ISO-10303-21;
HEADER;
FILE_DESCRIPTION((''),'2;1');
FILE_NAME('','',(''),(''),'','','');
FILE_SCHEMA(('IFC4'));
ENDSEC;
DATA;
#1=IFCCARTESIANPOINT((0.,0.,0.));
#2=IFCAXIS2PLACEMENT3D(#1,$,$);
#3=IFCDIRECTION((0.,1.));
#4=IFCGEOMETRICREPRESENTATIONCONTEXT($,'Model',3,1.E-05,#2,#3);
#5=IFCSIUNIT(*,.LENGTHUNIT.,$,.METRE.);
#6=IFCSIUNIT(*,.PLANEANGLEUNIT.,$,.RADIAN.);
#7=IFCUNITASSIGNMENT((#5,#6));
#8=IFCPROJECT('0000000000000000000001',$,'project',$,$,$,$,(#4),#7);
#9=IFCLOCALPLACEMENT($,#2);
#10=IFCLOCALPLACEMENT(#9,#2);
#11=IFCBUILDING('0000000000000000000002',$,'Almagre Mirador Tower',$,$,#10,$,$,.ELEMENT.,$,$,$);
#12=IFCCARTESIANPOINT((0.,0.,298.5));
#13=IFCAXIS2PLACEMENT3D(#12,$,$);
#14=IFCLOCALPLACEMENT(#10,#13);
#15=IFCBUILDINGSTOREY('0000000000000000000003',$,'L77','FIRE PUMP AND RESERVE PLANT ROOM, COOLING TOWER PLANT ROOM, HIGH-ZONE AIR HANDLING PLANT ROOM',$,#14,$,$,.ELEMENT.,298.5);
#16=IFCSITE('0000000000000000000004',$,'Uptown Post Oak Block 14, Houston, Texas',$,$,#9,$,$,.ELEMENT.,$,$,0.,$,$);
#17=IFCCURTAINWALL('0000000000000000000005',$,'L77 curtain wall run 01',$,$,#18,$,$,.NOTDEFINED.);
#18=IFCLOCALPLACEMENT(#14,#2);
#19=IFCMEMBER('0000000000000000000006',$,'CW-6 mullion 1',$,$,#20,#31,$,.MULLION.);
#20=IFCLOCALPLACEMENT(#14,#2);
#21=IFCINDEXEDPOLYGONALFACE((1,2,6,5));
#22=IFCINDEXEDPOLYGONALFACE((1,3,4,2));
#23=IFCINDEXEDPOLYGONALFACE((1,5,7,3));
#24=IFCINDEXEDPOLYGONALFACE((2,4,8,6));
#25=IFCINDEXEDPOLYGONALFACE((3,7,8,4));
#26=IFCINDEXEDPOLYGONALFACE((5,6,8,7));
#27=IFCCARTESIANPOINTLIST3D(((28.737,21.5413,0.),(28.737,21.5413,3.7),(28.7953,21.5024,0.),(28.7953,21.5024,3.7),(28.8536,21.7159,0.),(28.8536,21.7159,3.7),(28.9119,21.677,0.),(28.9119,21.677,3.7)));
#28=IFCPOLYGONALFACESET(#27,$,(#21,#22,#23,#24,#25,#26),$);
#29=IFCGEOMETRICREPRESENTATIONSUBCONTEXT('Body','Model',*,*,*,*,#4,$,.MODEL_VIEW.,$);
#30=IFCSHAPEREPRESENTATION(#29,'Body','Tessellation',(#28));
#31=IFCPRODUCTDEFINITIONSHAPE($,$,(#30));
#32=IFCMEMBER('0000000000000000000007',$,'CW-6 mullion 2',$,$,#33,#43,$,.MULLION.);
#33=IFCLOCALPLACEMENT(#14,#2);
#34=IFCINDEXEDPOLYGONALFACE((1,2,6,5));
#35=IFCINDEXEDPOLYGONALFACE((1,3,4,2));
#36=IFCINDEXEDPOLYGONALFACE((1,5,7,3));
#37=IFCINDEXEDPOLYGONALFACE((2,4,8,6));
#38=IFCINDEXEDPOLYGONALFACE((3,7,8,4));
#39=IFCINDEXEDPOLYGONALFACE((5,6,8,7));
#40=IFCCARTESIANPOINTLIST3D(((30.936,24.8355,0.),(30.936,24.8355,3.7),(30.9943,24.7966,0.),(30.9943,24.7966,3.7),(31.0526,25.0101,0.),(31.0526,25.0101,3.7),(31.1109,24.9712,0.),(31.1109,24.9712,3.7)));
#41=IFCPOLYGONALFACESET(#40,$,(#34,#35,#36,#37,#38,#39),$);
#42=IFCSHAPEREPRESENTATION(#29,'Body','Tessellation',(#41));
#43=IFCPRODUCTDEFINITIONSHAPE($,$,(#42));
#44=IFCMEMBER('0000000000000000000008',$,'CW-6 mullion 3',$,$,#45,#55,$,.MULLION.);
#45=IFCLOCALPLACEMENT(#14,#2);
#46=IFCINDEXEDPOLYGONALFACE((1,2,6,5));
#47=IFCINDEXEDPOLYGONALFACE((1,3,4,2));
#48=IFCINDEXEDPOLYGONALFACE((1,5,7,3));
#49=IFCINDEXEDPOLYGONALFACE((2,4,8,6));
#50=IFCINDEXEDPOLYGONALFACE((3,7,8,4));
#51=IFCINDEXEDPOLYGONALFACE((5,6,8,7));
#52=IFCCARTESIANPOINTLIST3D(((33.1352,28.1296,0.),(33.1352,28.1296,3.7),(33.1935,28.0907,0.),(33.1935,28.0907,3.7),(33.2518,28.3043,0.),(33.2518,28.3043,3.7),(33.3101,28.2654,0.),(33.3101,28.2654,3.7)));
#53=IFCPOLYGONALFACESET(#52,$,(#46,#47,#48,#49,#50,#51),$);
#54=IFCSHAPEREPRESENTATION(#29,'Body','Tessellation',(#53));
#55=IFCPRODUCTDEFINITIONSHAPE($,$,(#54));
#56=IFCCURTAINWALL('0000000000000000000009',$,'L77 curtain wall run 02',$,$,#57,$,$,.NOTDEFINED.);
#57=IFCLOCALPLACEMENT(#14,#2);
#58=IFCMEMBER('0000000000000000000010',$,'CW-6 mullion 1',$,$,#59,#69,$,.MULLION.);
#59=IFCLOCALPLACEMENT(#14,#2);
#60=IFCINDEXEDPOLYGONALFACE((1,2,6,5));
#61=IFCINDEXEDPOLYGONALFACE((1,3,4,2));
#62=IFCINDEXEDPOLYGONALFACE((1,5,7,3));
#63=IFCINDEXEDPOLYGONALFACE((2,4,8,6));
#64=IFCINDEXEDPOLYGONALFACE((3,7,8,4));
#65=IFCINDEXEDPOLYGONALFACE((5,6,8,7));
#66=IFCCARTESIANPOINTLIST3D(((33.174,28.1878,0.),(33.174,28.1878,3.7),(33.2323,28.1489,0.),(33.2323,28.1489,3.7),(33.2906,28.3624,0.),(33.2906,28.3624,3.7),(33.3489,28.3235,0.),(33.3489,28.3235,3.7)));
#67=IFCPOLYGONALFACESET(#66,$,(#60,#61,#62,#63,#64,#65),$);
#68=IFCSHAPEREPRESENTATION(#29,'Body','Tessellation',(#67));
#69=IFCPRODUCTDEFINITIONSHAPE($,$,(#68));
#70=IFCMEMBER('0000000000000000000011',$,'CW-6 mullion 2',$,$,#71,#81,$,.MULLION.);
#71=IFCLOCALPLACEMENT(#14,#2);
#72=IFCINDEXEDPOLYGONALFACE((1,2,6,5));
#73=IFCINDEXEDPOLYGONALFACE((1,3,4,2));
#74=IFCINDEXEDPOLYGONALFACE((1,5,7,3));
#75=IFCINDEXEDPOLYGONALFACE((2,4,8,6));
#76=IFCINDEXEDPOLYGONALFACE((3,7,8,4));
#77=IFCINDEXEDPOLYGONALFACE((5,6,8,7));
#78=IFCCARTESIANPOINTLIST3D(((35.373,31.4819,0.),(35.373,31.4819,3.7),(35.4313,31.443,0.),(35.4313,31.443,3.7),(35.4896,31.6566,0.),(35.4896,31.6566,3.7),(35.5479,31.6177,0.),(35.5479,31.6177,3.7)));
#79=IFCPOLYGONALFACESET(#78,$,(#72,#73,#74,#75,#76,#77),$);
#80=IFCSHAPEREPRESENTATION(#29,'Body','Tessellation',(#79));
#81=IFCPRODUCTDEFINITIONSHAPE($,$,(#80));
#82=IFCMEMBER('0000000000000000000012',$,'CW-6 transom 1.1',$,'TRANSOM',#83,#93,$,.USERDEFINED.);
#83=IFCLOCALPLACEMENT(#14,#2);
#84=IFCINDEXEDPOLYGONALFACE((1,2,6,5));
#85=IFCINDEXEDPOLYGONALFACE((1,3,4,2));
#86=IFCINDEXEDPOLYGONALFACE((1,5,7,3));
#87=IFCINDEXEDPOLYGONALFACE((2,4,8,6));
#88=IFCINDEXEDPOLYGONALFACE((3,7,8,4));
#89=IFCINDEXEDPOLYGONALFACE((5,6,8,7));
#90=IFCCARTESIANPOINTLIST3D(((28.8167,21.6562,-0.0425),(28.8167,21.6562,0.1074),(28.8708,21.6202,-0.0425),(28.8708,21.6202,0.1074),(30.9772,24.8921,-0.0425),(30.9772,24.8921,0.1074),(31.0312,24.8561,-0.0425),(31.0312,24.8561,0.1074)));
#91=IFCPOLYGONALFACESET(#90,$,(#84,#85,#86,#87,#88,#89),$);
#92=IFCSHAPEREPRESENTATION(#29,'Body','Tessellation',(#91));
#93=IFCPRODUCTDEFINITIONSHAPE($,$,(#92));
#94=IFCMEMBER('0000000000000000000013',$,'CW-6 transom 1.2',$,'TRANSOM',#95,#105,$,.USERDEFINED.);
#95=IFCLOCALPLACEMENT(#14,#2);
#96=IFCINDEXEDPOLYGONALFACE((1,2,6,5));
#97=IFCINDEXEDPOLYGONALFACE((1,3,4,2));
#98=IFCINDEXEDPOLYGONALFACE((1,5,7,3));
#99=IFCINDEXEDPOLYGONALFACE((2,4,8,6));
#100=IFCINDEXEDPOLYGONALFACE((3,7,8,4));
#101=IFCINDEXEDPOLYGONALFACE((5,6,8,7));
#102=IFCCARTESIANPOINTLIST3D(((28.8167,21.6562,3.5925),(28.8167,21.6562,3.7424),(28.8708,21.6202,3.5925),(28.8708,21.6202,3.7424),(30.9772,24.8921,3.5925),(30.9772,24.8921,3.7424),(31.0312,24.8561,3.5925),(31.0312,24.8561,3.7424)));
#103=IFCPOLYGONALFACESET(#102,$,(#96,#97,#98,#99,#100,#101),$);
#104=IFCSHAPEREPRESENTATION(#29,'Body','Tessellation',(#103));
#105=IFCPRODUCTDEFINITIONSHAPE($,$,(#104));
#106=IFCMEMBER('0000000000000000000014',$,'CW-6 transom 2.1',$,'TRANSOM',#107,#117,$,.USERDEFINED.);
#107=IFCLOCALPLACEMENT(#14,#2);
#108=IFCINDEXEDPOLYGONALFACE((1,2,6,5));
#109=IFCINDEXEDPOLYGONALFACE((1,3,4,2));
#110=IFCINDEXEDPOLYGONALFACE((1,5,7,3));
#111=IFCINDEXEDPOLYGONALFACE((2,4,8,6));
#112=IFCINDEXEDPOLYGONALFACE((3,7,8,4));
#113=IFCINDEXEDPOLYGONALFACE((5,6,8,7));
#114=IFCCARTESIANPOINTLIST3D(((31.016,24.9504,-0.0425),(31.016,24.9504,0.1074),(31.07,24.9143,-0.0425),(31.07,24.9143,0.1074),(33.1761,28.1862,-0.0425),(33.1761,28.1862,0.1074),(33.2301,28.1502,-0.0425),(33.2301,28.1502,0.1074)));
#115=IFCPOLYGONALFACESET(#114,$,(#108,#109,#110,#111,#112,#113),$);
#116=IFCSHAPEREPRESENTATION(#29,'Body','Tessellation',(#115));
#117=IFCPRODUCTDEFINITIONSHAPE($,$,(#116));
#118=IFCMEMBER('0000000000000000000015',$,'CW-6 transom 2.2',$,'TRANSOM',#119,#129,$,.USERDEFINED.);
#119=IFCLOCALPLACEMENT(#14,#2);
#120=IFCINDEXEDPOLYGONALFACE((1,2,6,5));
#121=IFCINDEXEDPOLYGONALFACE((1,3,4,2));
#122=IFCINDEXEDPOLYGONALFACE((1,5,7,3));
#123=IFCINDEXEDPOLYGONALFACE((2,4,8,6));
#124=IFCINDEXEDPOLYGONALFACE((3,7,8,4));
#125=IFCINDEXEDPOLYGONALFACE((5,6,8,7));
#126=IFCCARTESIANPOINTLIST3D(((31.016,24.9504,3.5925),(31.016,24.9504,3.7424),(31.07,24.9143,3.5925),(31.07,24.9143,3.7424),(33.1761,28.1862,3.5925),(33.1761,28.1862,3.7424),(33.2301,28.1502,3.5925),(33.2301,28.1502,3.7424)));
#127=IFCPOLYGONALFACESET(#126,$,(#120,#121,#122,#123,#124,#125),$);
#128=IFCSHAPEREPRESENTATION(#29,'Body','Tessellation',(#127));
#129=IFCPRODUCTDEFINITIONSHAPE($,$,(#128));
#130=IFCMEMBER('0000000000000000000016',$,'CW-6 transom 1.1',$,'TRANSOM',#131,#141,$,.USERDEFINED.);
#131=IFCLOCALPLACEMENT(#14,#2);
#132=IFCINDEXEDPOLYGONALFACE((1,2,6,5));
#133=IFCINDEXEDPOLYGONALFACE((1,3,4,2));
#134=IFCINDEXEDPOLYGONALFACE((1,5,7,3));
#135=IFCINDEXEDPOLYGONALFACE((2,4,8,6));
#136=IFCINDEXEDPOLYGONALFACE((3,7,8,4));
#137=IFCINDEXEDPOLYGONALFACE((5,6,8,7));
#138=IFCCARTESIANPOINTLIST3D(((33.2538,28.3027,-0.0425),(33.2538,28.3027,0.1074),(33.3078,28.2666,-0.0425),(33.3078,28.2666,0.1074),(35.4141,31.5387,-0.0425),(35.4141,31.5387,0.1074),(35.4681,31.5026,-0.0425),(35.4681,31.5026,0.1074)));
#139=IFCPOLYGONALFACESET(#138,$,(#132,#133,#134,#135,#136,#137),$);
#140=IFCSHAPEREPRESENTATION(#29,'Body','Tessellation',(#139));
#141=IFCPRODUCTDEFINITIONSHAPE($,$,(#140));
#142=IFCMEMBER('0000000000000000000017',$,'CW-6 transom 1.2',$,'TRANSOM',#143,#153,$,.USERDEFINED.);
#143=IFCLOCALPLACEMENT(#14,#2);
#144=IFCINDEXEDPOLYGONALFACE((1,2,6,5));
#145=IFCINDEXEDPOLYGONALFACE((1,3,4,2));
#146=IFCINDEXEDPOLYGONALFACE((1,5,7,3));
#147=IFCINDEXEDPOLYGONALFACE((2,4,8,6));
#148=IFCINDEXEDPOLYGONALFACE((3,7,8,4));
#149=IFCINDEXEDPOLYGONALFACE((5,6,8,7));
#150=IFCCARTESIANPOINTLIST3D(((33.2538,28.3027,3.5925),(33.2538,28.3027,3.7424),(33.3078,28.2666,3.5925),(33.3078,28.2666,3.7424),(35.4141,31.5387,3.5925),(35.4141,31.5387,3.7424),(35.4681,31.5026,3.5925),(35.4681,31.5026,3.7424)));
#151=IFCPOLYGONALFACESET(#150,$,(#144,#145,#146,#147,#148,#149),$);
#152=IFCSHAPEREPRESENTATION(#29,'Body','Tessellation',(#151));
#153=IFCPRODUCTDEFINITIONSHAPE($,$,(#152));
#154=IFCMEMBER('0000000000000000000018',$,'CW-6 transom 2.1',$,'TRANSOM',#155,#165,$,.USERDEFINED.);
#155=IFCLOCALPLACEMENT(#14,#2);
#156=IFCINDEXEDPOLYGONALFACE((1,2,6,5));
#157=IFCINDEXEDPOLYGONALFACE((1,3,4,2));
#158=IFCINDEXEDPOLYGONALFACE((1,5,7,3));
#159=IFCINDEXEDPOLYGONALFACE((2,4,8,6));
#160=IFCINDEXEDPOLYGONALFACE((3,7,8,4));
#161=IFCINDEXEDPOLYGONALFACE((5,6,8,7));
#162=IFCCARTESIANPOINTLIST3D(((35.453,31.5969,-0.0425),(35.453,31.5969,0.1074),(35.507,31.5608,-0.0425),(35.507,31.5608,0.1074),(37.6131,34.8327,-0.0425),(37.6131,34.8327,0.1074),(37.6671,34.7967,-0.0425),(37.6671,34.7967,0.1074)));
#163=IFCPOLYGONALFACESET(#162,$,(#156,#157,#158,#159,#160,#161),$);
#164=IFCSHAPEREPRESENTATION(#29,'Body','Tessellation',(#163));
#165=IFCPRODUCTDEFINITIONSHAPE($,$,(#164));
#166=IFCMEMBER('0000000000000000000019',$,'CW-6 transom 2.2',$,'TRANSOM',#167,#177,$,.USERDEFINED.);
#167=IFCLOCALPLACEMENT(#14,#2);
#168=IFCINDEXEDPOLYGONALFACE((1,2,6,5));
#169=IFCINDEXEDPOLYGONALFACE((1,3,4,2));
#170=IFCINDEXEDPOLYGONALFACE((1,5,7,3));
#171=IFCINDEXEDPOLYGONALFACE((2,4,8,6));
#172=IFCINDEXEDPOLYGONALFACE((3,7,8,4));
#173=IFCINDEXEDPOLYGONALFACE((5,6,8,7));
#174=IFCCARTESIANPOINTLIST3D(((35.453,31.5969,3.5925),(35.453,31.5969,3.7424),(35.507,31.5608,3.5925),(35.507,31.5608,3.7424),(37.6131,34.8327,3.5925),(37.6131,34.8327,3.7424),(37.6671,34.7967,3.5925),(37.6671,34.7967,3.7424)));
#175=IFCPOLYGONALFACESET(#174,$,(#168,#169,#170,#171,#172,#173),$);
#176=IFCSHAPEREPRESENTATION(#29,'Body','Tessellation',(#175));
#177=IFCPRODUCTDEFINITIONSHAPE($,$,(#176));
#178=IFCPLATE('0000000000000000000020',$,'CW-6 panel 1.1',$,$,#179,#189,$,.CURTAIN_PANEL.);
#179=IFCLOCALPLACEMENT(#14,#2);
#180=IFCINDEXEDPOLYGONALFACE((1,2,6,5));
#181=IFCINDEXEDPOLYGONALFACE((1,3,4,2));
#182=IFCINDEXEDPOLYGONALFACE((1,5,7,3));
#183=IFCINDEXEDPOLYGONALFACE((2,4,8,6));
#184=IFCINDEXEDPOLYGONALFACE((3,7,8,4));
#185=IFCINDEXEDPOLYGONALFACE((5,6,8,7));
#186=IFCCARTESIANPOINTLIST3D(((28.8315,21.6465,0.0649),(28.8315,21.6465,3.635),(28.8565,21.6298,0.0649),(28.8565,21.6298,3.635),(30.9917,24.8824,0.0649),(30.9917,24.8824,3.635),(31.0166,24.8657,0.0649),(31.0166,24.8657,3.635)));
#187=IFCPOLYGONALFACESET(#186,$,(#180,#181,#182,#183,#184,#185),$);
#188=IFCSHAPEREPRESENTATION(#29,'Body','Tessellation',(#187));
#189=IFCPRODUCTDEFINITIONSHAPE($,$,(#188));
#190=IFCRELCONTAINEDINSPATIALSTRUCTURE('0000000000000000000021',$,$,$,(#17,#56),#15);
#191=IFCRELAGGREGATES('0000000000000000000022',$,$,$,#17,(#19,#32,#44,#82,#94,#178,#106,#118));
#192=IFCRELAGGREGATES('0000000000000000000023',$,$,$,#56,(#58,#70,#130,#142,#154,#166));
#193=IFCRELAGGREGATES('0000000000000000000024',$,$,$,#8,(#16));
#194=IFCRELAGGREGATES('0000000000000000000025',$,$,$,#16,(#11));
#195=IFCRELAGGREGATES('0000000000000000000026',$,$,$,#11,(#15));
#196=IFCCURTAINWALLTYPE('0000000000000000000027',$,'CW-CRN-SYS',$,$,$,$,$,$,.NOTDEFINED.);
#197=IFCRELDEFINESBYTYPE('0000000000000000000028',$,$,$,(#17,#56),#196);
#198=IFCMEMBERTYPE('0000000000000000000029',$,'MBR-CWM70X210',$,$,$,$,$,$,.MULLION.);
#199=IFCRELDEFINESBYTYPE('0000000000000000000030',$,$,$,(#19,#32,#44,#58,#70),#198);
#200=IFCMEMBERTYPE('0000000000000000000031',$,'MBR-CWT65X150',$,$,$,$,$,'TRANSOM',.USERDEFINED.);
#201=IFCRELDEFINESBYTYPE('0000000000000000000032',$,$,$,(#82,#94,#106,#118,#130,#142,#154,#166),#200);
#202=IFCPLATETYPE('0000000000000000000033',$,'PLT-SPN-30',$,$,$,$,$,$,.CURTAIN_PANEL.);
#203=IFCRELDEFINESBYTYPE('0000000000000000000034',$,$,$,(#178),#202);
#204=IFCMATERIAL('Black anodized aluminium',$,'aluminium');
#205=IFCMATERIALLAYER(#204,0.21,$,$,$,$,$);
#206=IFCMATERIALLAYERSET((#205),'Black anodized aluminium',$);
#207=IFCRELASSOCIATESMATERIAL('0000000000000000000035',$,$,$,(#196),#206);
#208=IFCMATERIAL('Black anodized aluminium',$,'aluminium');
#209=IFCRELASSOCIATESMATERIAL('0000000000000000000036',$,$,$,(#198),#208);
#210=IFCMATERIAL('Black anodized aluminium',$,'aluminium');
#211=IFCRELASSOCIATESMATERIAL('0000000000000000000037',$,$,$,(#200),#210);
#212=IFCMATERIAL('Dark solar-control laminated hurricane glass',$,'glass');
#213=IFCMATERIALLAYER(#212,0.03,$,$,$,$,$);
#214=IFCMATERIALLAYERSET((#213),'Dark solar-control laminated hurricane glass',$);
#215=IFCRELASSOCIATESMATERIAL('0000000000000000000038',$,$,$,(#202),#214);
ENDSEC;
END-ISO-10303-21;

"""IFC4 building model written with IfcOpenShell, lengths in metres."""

from ifc_helpers import new_model, si_unit, direction, frame, origin, origin_2d, place, context, subcontext, project, spatial, rectangle, extrude, material, layer, layer_set, material_profile, profile_set, type_object, element, aggregate, save


model = new_model("IFC4")

# Units and contexts
model_context = context("Model", 3, precision=1e-05, world=origin(), true_north=direction((0.0, 1.0)))
body_context = subcontext(model_context, "Body", "Model", "MODEL_VIEW")
ifc_project = project(units=[si_unit("LENGTHUNIT", "METRE"), si_unit("PLANEANGLEUNIT", "RADIAN")], contexts=[model_context])

# Site, building, storey
site_placement = place(None, origin())
site = spatial("IfcSite", under=ifc_project, at=site_placement, Name="Uptown Post Oak Block 14, Houston, Texas", CompositionType="ELEMENT", RefElevation=0.0)
building_placement = place(site_placement, origin())
building = spatial("IfcBuilding", under=site, at=building_placement, Name="Almagre Mirador Tower", CompositionType="ELEMENT")
storey_placement = place(building_placement, frame((0.0, 0.0, 298.5)))
storey = spatial("IfcBuildingStorey", under=building, at=storey_placement, Name="L77", Description="FIRE PUMP AND RESERVE PLANT ROOM, COOLING TOWER PLANT ROOM, HIGH-ZONE AIR HANDLING PLANT ROOM", CompositionType="ELEMENT", Elevation=298.5)

# Curtain walls, members
ifc_material_1 = material(Name="Black anodized aluminium", Category="aluminium")
ifc_layer_1 = layer(ifc_material_1, 0.21)
ifc_layer_set_1 = layer_set([ifc_layer_1], Name="Black anodized aluminium")
curtain_wall_type = type_object("IfcCurtainWallType", Name="CW-CRN-SYS", PredefinedType="NOTDEFINED", material=ifc_layer_set_1)
curtain_wall_1_placement = place(storey_placement, origin())
curtain_wall_1 = element("IfcCurtainWall", 1, at=curtain_wall_1_placement, inside=storey, type_object=curtain_wall_type, Name="L77 curtain wall run 01", PredefinedType="NOTDEFINED")
ifc_material_2 = material(Name="Black anodized aluminium", Category="aluminium")
ifc_material_profile_1 = material_profile(ifc_material_2, rectangle(XDim=0.0701, YDim=0.21, at=origin_2d()), Name="CWM70X210")
ifc_profile_set_1 = profile_set([ifc_material_profile_1], Name="Black anodized aluminium")
member_type_1 = type_object("IfcMemberType", Name="MBR-CWM70X210", PredefinedType="MULLION", material=ifc_profile_set_1)
member_1_placement = place(storey_placement, frame((28.8245, 21.6091, 0.0), z_axis=(0.0, 0.0, 1.0), x_axis=(-0.831704, 0.55522, 0.0)))
member_1 = element("IfcMember", 2, at=member_1_placement, type_object=member_type_1, Name="CW-6 mullion 1", PredefinedType="MULLION", context=body_context, shape_type="SweptSolid", body=[
    extrude(rectangle(XDim=0.0701, YDim=0.21, at=origin_2d()), origin(), (0.0, 0.0, 1.0), 3.7),
])
member_2_placement = place(storey_placement, frame((31.0234, 24.9033, 0.0), z_axis=(0.0, 0.0, 1.0), x_axis=(-0.831704, 0.55522, 0.0)))
member_2 = element("IfcMember", 3, at=member_2_placement, type_object=member_type_1, Name="CW-6 mullion 2", PredefinedType="MULLION", context=body_context, shape_type="SweptSolid", body=[
    extrude(rectangle(XDim=0.0701, YDim=0.21, at=origin_2d()), origin(), (0.0, 0.0, 1.0), 3.7),
])
member_3_placement = place(storey_placement, frame((33.2227, 28.1975, 0.0), z_axis=(0.0, 0.0, 1.0), x_axis=(-0.831704, 0.55522, 0.0)))
member_3 = element("IfcMember", 4, at=member_3_placement, type_object=member_type_1, Name="CW-6 mullion 3", PredefinedType="MULLION", context=body_context, shape_type="SweptSolid", body=[
    extrude(rectangle(XDim=0.0701, YDim=0.21, at=origin_2d()), origin(), (0.0, 0.0, 1.0), 3.7),
])
curtain_wall_2_placement = place(storey_placement, origin())
curtain_wall_2 = element("IfcCurtainWall", 5, at=curtain_wall_2_placement, inside=storey, type_object=curtain_wall_type, Name="L77 curtain wall run 02", PredefinedType="NOTDEFINED")
member_4_placement = place(storey_placement, frame((33.2615, 28.2556, 0.0), z_axis=(0.0, 0.0, 1.0), x_axis=(-0.831704, 0.55522, 0.0)))
member_4 = element("IfcMember", 6, at=member_4_placement, type_object=member_type_1, Name="CW-6 mullion 1", PredefinedType="MULLION", context=body_context, shape_type="SweptSolid", body=[
    extrude(rectangle(XDim=0.0701, YDim=0.21, at=origin_2d()), origin(), (0.0, 0.0, 1.0), 3.7),
])
member_5_placement = place(storey_placement, frame((35.4604, 31.5498, 0.0), z_axis=(0.0, 0.0, 1.0), x_axis=(-0.831704, 0.55522, 0.0)))
member_5 = element("IfcMember", 7, at=member_5_placement, type_object=member_type_1, Name="CW-6 mullion 2", PredefinedType="MULLION", context=body_context, shape_type="SweptSolid", body=[
    extrude(rectangle(XDim=0.0701, YDim=0.21, at=origin_2d()), origin(), (0.0, 0.0, 1.0), 3.7),
])

# Members
ifc_material_3 = material(Name="Black anodized aluminium", Category="aluminium")
ifc_material_profile_2 = material_profile(ifc_material_3, rectangle(XDim=0.0649, YDim=0.1499, at=origin_2d()), Name="CWT65X150")
ifc_profile_set_2 = profile_set([ifc_material_profile_2], Name="Black anodized aluminium")
member_type_2 = type_object("IfcMemberType", Name="MBR-CWT65X150", ElementType="TRANSOM", PredefinedType="USERDEFINED", material=ifc_profile_set_2)
member_6_placement = place(storey_placement, frame((28.8438, 21.6382, 0.0325), z_axis=(0.555265, 0.831674, 0.0), x_axis=(-0.831674, 0.555265, 0.0)))
member_6 = element("IfcMember", 8, at=member_6_placement, type_object=member_type_2, Name="CW-6 transom 1.1", ObjectType="TRANSOM", PredefinedType="USERDEFINED", context=body_context, shape_type="SweptSolid", body=[
    extrude(rectangle(XDim=0.0649, YDim=0.1499, at=origin_2d()), origin(), (0.0, 0.0, 1.0), 3.8909),
])
member_7_placement = place(storey_placement, frame((28.8438, 21.6382, 3.6675), z_axis=(0.555265, 0.831674, 0.0), x_axis=(-0.831674, 0.555265, 0.0)))
member_7 = element("IfcMember", 9, at=member_7_placement, type_object=member_type_2, Name="CW-6 transom 1.2", ObjectType="TRANSOM", PredefinedType="USERDEFINED", context=body_context, shape_type="SweptSolid", body=[
    extrude(rectangle(XDim=0.0649, YDim=0.1499, at=origin_2d()), origin(), (0.0, 0.0, 1.0), 3.8909),
])
member_8_placement = place(storey_placement, frame((31.043, 24.9324, 0.0325), z_axis=(0.555221, 0.831703, 0.0), x_axis=(-0.831703, 0.555221, 0.0)))
member_8 = element("IfcMember", 10, at=member_8_placement, type_object=member_type_2, Name="CW-6 transom 2.1", ObjectType="TRANSOM", PredefinedType="USERDEFINED", context=body_context, shape_type="SweptSolid", body=[
    extrude(rectangle(XDim=0.0649, YDim=0.1499, at=origin_2d()), origin(), (0.0, 0.0, 1.0), 3.8906),
])
member_9_placement = place(storey_placement, frame((31.043, 24.9324, 3.6675), z_axis=(0.555221, 0.831703, 0.0), x_axis=(-0.831703, 0.555221, 0.0)))
member_9 = element("IfcMember", 11, at=member_9_placement, type_object=member_type_2, Name="CW-6 transom 2.2", ObjectType="TRANSOM", PredefinedType="USERDEFINED", context=body_context, shape_type="SweptSolid", body=[
    extrude(rectangle(XDim=0.0649, YDim=0.1499, at=origin_2d()), origin(), (0.0, 0.0, 1.0), 3.8906),
])
member_10_placement = place(storey_placement, frame((33.2808, 28.2847, 0.0325), z_axis=(0.555236, 0.831693, 0.0), x_axis=(-0.831693, 0.555236, 0.0)))
member_10 = element("IfcMember", 12, at=member_10_placement, type_object=member_type_2, Name="CW-6 transom 1.1", ObjectType="TRANSOM", PredefinedType="USERDEFINED", context=body_context, shape_type="SweptSolid", body=[
    extrude(rectangle(XDim=0.0649, YDim=0.1499, at=origin_2d()), origin(), (0.0, 0.0, 1.0), 3.8909),
])
member_11_placement = place(storey_placement, frame((33.2808, 28.2847, 3.6675), z_axis=(0.555236, 0.831693, 0.0), x_axis=(-0.831693, 0.555236, 0.0)))
member_11 = element("IfcMember", 13, at=member_11_placement, type_object=member_type_2, Name="CW-6 transom 1.2", ObjectType="TRANSOM", PredefinedType="USERDEFINED", context=body_context, shape_type="SweptSolid", body=[
    extrude(rectangle(XDim=0.0649, YDim=0.1499, at=origin_2d()), origin(), (0.0, 0.0, 1.0), 3.8909),
])
member_12_placement = place(storey_placement, frame((35.48, 31.5789, 0.0325), z_axis=(0.555221, 0.831703, 0.0), x_axis=(-0.831703, 0.555221, 0.0)))
member_12 = element("IfcMember", 14, at=member_12_placement, type_object=member_type_2, Name="CW-6 transom 2.1", ObjectType="TRANSOM", PredefinedType="USERDEFINED", context=body_context, shape_type="SweptSolid", body=[
    extrude(rectangle(XDim=0.0649, YDim=0.1499, at=origin_2d()), origin(), (0.0, 0.0, 1.0), 3.8906),
])
member_13_placement = place(storey_placement, frame((35.48, 31.5789, 3.6675), z_axis=(0.555221, 0.831703, 0.0), x_axis=(-0.831703, 0.555221, 0.0)))
member_13 = element("IfcMember", 15, at=member_13_placement, type_object=member_type_2, Name="CW-6 transom 2.2", ObjectType="TRANSOM", PredefinedType="USERDEFINED", context=body_context, shape_type="SweptSolid", body=[
    extrude(rectangle(XDim=0.0649, YDim=0.1499, at=origin_2d()), origin(), (0.0, 0.0, 1.0), 3.8906),
])

# Plate
ifc_material_4 = material(Name="Dark solar-control laminated hurricane glass", Category="glass")
ifc_layer_2 = layer(ifc_material_4, 0.03)
ifc_layer_set_2 = layer_set([ifc_layer_2], Name="Dark solar-control laminated hurricane glass")
plate_type = type_object("IfcPlateType", Name="PLT-SPN-30", PredefinedType="CURTAIN_PANEL", material=ifc_layer_set_2)
plate_1_placement = place(storey_placement, frame((29.9241, 23.2561, 0.0649), z_axis=(0.0, 0.0, 1.0), x_axis=(0.55522, 0.831704, 0.0)))
plate_1 = element("IfcPlate", 16, at=plate_1_placement, type_object=plate_type, Name="CW-6 panel 1.1", PredefinedType="CURTAIN_PANEL", context=body_context, shape_type="SweptSolid", body=[
    extrude(rectangle(XDim=3.8906, YDim=0.03, at=origin_2d()), origin(), (0.0, 0.0, 1.0), 3.5701),
])
aggregate(curtain_wall_1, [member_1, member_2, member_3, member_6, member_7, plate_1, member_8, member_9])
aggregate(curtain_wall_2, [member_4, member_5, member_10, member_11, member_12, member_13])

save(model, "model.ifc")
